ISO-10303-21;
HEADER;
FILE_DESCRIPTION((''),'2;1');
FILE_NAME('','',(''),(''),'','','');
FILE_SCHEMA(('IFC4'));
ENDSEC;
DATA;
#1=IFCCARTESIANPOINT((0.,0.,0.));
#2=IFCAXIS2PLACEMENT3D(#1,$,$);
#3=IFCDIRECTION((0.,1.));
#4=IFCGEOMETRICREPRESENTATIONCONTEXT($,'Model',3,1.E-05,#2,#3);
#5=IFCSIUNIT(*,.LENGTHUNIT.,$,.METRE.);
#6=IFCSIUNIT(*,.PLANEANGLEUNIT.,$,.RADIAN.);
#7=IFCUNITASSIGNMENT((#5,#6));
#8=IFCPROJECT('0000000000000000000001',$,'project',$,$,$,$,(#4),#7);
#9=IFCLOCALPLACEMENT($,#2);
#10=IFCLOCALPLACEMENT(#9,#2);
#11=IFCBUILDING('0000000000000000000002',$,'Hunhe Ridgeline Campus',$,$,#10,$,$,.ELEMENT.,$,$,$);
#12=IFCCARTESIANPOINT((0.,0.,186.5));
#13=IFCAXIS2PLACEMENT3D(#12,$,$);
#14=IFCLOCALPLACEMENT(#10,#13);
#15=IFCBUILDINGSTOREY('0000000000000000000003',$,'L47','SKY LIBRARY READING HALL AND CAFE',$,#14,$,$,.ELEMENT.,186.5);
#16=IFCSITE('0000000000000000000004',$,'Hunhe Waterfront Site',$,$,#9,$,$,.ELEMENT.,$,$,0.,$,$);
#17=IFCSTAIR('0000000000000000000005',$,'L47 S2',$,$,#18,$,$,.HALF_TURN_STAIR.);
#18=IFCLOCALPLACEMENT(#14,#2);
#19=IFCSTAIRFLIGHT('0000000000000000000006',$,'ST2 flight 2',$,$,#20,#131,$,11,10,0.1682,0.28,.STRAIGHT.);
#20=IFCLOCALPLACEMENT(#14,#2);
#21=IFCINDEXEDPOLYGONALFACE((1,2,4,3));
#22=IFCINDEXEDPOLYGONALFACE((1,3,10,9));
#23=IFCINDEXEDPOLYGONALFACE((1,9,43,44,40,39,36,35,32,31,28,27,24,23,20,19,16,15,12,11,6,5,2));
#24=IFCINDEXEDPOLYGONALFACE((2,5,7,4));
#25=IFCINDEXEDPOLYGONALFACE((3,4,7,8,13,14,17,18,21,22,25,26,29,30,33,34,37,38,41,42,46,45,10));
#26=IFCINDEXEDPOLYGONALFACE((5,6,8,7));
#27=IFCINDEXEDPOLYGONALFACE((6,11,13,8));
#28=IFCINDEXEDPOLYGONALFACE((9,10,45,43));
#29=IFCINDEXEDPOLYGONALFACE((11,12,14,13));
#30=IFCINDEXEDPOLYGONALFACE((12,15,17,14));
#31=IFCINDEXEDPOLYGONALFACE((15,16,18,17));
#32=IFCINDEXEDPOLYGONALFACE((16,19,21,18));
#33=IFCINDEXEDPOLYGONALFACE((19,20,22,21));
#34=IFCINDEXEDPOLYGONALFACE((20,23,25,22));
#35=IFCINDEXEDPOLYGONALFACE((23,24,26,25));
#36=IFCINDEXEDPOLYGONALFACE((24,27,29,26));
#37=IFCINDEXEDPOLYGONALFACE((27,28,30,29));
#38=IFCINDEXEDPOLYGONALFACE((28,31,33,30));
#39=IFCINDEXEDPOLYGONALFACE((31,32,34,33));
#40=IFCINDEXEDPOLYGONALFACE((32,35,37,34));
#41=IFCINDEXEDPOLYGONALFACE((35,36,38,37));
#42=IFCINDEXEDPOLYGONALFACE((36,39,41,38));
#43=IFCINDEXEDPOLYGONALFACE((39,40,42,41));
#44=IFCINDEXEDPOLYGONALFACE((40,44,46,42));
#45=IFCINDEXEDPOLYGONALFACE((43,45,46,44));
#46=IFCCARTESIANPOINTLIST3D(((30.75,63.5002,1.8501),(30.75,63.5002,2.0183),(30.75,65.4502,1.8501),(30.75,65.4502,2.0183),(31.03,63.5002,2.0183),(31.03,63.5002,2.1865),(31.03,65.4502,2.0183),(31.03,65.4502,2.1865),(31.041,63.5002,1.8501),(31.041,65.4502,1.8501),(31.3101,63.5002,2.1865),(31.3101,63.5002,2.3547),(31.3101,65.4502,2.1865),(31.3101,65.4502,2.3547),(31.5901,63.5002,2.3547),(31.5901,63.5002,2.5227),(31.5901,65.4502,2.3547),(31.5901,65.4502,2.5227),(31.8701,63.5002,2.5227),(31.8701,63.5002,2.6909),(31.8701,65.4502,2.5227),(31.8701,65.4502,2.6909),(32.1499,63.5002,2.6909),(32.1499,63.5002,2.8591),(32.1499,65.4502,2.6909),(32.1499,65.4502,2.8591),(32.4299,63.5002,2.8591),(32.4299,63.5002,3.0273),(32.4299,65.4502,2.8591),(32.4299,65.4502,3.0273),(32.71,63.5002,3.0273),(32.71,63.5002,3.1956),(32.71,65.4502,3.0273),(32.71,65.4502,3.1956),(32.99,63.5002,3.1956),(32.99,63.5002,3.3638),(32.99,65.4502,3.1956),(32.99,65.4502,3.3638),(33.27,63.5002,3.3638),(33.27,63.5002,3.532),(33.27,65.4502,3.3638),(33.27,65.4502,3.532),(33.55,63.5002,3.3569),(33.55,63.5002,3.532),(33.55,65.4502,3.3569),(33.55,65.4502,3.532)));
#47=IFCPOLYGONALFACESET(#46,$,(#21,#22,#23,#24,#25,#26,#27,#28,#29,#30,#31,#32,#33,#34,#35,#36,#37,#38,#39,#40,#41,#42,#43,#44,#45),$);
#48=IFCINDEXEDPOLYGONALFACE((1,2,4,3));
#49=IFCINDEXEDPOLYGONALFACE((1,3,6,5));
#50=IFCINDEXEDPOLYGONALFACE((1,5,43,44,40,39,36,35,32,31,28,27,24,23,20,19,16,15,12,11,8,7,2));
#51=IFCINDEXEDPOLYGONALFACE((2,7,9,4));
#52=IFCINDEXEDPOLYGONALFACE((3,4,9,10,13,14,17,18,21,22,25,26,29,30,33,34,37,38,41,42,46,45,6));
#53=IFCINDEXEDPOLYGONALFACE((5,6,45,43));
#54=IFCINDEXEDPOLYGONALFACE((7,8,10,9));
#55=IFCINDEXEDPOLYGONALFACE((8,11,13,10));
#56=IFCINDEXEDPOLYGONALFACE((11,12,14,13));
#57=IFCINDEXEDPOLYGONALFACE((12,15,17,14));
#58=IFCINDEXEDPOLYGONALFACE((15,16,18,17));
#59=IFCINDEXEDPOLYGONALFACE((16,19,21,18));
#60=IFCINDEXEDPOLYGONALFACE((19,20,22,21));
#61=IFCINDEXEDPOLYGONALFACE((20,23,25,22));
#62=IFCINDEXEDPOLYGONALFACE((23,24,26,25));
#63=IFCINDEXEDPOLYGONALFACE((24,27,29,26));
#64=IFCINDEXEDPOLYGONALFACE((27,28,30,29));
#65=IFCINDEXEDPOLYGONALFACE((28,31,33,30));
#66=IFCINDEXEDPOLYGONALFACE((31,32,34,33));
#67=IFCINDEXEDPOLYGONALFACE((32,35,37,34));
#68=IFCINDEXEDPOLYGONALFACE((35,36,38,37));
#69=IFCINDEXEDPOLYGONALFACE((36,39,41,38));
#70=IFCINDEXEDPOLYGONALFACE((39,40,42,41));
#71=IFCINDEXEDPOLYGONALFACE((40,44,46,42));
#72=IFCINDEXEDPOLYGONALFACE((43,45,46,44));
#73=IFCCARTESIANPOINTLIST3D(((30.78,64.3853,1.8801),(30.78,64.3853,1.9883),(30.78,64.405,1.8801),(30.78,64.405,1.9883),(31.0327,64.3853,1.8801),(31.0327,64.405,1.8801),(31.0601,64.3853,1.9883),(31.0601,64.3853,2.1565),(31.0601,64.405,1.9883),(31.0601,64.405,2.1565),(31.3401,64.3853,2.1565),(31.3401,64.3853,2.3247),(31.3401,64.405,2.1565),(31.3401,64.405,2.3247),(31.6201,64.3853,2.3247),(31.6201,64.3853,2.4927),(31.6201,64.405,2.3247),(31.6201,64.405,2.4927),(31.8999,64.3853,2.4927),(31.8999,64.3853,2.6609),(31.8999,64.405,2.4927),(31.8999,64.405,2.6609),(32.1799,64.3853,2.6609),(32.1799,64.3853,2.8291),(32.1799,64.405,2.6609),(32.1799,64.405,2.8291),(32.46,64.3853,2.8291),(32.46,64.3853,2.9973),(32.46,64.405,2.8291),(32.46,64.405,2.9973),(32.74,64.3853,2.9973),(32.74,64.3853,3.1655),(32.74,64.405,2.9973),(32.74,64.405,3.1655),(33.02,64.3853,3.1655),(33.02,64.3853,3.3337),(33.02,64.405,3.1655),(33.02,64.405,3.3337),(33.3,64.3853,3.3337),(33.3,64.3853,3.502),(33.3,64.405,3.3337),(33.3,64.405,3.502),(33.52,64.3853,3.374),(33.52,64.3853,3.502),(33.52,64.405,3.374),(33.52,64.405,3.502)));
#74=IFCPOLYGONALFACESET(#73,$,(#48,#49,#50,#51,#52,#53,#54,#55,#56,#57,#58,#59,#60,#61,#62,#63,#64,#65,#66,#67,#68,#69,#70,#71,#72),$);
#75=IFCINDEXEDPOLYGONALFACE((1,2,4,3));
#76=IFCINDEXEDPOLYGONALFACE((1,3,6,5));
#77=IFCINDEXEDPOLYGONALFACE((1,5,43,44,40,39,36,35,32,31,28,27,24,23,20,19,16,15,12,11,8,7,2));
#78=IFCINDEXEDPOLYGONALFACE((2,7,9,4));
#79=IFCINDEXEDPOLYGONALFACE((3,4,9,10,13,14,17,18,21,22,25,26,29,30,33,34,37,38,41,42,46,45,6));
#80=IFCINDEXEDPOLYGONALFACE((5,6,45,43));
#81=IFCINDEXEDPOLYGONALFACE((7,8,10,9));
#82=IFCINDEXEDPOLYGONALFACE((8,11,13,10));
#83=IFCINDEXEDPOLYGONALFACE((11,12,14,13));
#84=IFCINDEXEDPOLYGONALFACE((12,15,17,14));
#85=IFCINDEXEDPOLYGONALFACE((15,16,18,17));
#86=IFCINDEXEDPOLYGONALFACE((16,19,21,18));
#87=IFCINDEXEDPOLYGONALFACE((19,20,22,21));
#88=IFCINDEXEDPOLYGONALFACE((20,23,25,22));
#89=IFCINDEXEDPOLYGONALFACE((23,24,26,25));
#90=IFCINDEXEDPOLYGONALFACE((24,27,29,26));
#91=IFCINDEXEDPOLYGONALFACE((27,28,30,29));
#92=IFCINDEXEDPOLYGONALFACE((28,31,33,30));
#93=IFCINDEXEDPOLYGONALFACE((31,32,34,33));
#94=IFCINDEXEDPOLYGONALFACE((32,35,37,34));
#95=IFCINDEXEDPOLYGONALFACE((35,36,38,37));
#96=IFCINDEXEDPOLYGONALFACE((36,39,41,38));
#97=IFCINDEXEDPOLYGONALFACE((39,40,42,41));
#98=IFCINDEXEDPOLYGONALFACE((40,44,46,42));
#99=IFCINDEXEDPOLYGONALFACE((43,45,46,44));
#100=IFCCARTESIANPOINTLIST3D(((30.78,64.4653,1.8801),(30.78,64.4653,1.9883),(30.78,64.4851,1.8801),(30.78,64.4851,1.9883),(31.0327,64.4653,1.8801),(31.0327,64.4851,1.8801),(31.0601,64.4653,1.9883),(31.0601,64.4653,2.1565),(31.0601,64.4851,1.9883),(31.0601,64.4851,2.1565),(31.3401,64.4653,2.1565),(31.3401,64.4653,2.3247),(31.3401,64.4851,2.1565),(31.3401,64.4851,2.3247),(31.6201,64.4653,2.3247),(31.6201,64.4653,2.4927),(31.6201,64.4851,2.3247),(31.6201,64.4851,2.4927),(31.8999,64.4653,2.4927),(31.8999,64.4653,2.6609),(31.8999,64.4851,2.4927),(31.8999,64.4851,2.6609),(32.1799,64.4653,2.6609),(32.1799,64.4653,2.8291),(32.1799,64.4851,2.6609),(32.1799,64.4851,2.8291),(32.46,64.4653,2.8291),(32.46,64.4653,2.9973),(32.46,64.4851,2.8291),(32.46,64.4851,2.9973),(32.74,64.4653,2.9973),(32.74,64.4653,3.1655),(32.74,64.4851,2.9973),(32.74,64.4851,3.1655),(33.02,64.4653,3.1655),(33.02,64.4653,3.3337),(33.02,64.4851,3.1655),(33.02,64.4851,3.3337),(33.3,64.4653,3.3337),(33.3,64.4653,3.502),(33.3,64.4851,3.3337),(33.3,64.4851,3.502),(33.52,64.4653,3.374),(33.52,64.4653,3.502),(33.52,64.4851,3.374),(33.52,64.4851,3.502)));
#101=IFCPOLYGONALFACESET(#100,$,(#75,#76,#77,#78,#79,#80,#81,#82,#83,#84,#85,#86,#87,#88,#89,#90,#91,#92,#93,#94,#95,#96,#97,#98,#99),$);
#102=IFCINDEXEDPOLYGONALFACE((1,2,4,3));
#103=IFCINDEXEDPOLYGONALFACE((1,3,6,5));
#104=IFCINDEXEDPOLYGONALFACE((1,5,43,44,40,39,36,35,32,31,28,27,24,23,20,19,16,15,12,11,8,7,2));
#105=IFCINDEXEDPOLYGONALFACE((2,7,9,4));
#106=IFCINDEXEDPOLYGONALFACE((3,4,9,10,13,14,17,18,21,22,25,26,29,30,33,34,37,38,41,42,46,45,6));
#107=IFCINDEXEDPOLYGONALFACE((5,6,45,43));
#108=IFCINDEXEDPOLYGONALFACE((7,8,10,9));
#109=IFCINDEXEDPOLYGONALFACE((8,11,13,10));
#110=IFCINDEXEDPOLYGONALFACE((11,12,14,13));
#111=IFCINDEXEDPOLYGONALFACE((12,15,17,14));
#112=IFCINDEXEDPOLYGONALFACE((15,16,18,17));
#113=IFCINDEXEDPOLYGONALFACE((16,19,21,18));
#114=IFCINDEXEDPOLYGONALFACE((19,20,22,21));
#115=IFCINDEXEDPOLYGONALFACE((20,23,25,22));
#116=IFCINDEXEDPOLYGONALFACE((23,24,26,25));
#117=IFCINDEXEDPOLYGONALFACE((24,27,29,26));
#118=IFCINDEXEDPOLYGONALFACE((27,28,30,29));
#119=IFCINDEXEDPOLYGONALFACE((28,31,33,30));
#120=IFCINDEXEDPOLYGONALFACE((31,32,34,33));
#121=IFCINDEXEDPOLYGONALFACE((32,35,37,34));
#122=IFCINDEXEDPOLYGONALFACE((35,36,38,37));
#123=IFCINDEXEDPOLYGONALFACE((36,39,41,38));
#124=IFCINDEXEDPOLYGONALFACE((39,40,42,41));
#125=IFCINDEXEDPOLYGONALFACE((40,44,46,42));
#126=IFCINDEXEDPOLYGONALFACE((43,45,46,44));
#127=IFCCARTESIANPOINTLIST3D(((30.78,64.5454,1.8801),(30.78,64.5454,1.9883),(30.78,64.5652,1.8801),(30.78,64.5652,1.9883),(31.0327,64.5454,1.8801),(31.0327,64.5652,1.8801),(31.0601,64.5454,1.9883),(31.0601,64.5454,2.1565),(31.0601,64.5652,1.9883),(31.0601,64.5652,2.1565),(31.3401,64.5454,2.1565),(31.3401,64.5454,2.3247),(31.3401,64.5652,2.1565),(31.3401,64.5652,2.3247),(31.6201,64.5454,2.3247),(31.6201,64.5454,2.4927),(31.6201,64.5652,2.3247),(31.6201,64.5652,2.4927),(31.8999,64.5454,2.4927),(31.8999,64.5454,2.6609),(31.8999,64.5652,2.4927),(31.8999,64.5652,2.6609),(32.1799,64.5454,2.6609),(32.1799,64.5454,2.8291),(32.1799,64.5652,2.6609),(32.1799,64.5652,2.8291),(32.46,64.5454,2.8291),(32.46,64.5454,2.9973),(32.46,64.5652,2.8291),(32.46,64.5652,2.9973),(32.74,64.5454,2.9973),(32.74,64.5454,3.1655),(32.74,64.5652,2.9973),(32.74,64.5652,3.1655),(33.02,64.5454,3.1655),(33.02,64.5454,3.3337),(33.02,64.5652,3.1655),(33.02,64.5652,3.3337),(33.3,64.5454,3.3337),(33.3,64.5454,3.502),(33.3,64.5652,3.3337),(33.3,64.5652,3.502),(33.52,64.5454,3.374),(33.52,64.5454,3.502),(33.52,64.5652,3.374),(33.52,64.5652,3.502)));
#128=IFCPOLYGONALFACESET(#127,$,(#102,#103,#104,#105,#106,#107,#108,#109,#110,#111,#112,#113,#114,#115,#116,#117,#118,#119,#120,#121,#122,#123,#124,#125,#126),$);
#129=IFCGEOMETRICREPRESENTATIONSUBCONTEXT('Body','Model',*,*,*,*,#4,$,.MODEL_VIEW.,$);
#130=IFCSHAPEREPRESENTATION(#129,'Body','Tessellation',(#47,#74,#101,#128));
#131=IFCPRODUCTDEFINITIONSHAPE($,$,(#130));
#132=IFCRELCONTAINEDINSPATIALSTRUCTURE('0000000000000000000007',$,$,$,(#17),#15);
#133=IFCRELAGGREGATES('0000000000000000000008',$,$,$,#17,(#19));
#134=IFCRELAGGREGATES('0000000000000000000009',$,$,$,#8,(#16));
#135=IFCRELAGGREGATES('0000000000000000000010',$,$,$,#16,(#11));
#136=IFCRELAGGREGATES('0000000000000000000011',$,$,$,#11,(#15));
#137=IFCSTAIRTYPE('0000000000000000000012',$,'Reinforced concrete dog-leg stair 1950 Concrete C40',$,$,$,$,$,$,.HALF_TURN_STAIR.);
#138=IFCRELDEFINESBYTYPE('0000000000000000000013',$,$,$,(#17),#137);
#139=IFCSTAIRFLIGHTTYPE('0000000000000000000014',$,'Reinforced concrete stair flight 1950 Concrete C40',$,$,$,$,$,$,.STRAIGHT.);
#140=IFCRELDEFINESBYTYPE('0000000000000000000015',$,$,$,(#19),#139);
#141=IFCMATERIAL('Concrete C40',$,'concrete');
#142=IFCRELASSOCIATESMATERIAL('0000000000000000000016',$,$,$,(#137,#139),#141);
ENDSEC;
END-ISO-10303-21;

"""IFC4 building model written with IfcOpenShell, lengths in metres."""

from ifc_helpers import new_model, si_unit, direction, frame, origin, place, context, subcontext, project, spatial, polyline, outline, extrude, material, type_object, element, aggregate, save


model = new_model("IFC4")

# Units and contexts
model_context = context("Model", 3, precision=1e-05, world=origin(), true_north=direction((0.0, 1.0)))
body_context = subcontext(model_context, "Body", "Model", "MODEL_VIEW")
ifc_project = project(units=[si_unit("LENGTHUNIT", "METRE"), si_unit("PLANEANGLEUNIT", "RADIAN")], contexts=[model_context])

# Site, building, storey
site_placement = place(None, origin())
site = spatial("IfcSite", under=ifc_project, at=site_placement, Name="Hunhe Waterfront Site", CompositionType="ELEMENT", RefElevation=0.0)
building_placement = place(site_placement, origin())
building = spatial("IfcBuilding", under=site, at=building_placement, Name="Hunhe Ridgeline Campus", CompositionType="ELEMENT")
storey_placement = place(building_placement, frame((0.0, 0.0, 186.5)))
storey = spatial("IfcBuildingStorey", under=building, at=storey_placement, Name="L47", Description="SKY LIBRARY READING HALL AND CAFE", CompositionType="ELEMENT", Elevation=186.5)

# Stair, stair flight
ifc_material_1 = material(Name="Concrete C40", Category="concrete")
stair_type = type_object("IfcStairType", Name="Reinforced concrete dog-leg stair 1950 Concrete C40", PredefinedType="HALF_TURN_STAIR", material=ifc_material_1)
stair_placement = place(storey_placement, origin())
stair = element("IfcStair", 1, at=stair_placement, inside=storey, type_object=stair_type, Name="L47 S2", PredefinedType="HALF_TURN_STAIR")
stair_flight_type = type_object("IfcStairFlightType", Name="Reinforced concrete stair flight 1950 Concrete C40", PredefinedType="STRAIGHT", material=ifc_material_1)
stair_flight_1_placement = place(storey_placement, frame((30.75, 64.4751, 1.8501), z_axis=(0.0, 0.0, 1.0), x_axis=(1.0, 0.0, 0.0)))
stair_flight_1 = element("IfcStairFlight", 2, at=stair_flight_1_placement, type_object=stair_flight_type, Name="ST2 flight 2", NumberOfRisers=11, NumberOfTreads=10, PredefinedType="STRAIGHT", RiserHeight=0.1682, TreadLength=0.28, context=body_context, shape_type="SweptSolid", body=[
    extrude(outline(polyline([(0.0, 0.0), (0.0, 0.1682), (0.28, 0.1682), (0.28, 0.3364), (0.5601, 0.3364), (0.5601, 0.5046), (0.8401, 0.5046), (0.8401, 0.6726), (1.1201, 0.6726), (1.1201, 0.8408), (1.3999, 0.8408), (1.3999, 1.009), (1.6799, 1.009), (1.6799, 1.1772), (1.96, 1.1772), (1.96, 1.3455), (2.24, 1.3455), (2.24, 1.5137), (2.52, 1.5137), (2.52, 1.6819), (2.8, 1.6819), (2.8, 1.8501), (2.8, 1.5068), (0.291, 0.0), (0.0, 0.0)])), frame((0.0, 0.9751, 0.0), z_axis=(0.0, -1.0, 0.0), x_axis=(1.0, 0.0, 0.0)), (0.0, 0.0, 1.0), 1.95),
    extrude(outline(polyline([(0.03, 0.03), (0.03, 0.1382), (0.3101, 0.1382), (0.3101, 0.3064), (0.5901, 0.3064), (0.5901, 0.4746), (0.8701, 0.4746), (0.8701, 0.6426), (1.1499, 0.6426), (1.1499, 0.8108), (1.4299, 0.8108), (1.4299, 0.979), (1.71, 0.979), (1.71, 1.1472), (1.99, 1.1472), (1.99, 1.3154), (2.27, 1.3154), (2.27, 1.4836), (2.55, 1.4836), (2.55, 1.6519), (2.77, 1.6519), (2.77, 1.5239), (0.2827, 0.03), (0.03, 0.03)])), frame((0.0, -0.0701, 0.0), z_axis=(0.0, -1.0, 0.0), x_axis=(1.0, 0.0, 0.0)), (0.0, 0.0, 1.0), 0.0198),
    extrude(outline(polyline([(0.03, 0.03), (0.03, 0.1382), (0.3101, 0.1382), (0.3101, 0.3064), (0.5901, 0.3064), (0.5901, 0.4746), (0.8701, 0.4746), (0.8701, 0.6426), (1.1499, 0.6426), (1.1499, 0.8108), (1.4299, 0.8108), (1.4299, 0.979), (1.71, 0.979), (1.71, 1.1472), (1.99, 1.1472), (1.99, 1.3154), (2.27, 1.3154), (2.27, 1.4836), (2.55, 1.4836), (2.55, 1.6519), (2.77, 1.6519), (2.77, 1.5239), (0.2827, 0.03), (0.03, 0.03)])), frame((0.0, 0.01, 0.0), z_axis=(0.0, -1.0, 0.0), x_axis=(1.0, 0.0, 0.0)), (0.0, 0.0, 1.0), 0.0198),
    extrude(outline(polyline([(0.03, 0.03), (0.03, 0.1382), (0.3101, 0.1382), (0.3101, 0.3064), (0.5901, 0.3064), (0.5901, 0.4746), (0.8701, 0.4746), (0.8701, 0.6426), (1.1499, 0.6426), (1.1499, 0.8108), (1.4299, 0.8108), (1.4299, 0.979), (1.71, 0.979), (1.71, 1.1472), (1.99, 1.1472), (1.99, 1.3154), (2.27, 1.3154), (2.27, 1.4836), (2.55, 1.4836), (2.55, 1.6519), (2.77, 1.6519), (2.77, 1.5239), (0.2827, 0.03), (0.03, 0.03)])), frame((0.0, 0.0901, 0.0), z_axis=(0.0, -1.0, 0.0), x_axis=(1.0, 0.0, 0.0)), (0.0, 0.0, 1.0), 0.0198),
])
aggregate(stair, [stair_flight_1])

save(model, "model.ifc")
